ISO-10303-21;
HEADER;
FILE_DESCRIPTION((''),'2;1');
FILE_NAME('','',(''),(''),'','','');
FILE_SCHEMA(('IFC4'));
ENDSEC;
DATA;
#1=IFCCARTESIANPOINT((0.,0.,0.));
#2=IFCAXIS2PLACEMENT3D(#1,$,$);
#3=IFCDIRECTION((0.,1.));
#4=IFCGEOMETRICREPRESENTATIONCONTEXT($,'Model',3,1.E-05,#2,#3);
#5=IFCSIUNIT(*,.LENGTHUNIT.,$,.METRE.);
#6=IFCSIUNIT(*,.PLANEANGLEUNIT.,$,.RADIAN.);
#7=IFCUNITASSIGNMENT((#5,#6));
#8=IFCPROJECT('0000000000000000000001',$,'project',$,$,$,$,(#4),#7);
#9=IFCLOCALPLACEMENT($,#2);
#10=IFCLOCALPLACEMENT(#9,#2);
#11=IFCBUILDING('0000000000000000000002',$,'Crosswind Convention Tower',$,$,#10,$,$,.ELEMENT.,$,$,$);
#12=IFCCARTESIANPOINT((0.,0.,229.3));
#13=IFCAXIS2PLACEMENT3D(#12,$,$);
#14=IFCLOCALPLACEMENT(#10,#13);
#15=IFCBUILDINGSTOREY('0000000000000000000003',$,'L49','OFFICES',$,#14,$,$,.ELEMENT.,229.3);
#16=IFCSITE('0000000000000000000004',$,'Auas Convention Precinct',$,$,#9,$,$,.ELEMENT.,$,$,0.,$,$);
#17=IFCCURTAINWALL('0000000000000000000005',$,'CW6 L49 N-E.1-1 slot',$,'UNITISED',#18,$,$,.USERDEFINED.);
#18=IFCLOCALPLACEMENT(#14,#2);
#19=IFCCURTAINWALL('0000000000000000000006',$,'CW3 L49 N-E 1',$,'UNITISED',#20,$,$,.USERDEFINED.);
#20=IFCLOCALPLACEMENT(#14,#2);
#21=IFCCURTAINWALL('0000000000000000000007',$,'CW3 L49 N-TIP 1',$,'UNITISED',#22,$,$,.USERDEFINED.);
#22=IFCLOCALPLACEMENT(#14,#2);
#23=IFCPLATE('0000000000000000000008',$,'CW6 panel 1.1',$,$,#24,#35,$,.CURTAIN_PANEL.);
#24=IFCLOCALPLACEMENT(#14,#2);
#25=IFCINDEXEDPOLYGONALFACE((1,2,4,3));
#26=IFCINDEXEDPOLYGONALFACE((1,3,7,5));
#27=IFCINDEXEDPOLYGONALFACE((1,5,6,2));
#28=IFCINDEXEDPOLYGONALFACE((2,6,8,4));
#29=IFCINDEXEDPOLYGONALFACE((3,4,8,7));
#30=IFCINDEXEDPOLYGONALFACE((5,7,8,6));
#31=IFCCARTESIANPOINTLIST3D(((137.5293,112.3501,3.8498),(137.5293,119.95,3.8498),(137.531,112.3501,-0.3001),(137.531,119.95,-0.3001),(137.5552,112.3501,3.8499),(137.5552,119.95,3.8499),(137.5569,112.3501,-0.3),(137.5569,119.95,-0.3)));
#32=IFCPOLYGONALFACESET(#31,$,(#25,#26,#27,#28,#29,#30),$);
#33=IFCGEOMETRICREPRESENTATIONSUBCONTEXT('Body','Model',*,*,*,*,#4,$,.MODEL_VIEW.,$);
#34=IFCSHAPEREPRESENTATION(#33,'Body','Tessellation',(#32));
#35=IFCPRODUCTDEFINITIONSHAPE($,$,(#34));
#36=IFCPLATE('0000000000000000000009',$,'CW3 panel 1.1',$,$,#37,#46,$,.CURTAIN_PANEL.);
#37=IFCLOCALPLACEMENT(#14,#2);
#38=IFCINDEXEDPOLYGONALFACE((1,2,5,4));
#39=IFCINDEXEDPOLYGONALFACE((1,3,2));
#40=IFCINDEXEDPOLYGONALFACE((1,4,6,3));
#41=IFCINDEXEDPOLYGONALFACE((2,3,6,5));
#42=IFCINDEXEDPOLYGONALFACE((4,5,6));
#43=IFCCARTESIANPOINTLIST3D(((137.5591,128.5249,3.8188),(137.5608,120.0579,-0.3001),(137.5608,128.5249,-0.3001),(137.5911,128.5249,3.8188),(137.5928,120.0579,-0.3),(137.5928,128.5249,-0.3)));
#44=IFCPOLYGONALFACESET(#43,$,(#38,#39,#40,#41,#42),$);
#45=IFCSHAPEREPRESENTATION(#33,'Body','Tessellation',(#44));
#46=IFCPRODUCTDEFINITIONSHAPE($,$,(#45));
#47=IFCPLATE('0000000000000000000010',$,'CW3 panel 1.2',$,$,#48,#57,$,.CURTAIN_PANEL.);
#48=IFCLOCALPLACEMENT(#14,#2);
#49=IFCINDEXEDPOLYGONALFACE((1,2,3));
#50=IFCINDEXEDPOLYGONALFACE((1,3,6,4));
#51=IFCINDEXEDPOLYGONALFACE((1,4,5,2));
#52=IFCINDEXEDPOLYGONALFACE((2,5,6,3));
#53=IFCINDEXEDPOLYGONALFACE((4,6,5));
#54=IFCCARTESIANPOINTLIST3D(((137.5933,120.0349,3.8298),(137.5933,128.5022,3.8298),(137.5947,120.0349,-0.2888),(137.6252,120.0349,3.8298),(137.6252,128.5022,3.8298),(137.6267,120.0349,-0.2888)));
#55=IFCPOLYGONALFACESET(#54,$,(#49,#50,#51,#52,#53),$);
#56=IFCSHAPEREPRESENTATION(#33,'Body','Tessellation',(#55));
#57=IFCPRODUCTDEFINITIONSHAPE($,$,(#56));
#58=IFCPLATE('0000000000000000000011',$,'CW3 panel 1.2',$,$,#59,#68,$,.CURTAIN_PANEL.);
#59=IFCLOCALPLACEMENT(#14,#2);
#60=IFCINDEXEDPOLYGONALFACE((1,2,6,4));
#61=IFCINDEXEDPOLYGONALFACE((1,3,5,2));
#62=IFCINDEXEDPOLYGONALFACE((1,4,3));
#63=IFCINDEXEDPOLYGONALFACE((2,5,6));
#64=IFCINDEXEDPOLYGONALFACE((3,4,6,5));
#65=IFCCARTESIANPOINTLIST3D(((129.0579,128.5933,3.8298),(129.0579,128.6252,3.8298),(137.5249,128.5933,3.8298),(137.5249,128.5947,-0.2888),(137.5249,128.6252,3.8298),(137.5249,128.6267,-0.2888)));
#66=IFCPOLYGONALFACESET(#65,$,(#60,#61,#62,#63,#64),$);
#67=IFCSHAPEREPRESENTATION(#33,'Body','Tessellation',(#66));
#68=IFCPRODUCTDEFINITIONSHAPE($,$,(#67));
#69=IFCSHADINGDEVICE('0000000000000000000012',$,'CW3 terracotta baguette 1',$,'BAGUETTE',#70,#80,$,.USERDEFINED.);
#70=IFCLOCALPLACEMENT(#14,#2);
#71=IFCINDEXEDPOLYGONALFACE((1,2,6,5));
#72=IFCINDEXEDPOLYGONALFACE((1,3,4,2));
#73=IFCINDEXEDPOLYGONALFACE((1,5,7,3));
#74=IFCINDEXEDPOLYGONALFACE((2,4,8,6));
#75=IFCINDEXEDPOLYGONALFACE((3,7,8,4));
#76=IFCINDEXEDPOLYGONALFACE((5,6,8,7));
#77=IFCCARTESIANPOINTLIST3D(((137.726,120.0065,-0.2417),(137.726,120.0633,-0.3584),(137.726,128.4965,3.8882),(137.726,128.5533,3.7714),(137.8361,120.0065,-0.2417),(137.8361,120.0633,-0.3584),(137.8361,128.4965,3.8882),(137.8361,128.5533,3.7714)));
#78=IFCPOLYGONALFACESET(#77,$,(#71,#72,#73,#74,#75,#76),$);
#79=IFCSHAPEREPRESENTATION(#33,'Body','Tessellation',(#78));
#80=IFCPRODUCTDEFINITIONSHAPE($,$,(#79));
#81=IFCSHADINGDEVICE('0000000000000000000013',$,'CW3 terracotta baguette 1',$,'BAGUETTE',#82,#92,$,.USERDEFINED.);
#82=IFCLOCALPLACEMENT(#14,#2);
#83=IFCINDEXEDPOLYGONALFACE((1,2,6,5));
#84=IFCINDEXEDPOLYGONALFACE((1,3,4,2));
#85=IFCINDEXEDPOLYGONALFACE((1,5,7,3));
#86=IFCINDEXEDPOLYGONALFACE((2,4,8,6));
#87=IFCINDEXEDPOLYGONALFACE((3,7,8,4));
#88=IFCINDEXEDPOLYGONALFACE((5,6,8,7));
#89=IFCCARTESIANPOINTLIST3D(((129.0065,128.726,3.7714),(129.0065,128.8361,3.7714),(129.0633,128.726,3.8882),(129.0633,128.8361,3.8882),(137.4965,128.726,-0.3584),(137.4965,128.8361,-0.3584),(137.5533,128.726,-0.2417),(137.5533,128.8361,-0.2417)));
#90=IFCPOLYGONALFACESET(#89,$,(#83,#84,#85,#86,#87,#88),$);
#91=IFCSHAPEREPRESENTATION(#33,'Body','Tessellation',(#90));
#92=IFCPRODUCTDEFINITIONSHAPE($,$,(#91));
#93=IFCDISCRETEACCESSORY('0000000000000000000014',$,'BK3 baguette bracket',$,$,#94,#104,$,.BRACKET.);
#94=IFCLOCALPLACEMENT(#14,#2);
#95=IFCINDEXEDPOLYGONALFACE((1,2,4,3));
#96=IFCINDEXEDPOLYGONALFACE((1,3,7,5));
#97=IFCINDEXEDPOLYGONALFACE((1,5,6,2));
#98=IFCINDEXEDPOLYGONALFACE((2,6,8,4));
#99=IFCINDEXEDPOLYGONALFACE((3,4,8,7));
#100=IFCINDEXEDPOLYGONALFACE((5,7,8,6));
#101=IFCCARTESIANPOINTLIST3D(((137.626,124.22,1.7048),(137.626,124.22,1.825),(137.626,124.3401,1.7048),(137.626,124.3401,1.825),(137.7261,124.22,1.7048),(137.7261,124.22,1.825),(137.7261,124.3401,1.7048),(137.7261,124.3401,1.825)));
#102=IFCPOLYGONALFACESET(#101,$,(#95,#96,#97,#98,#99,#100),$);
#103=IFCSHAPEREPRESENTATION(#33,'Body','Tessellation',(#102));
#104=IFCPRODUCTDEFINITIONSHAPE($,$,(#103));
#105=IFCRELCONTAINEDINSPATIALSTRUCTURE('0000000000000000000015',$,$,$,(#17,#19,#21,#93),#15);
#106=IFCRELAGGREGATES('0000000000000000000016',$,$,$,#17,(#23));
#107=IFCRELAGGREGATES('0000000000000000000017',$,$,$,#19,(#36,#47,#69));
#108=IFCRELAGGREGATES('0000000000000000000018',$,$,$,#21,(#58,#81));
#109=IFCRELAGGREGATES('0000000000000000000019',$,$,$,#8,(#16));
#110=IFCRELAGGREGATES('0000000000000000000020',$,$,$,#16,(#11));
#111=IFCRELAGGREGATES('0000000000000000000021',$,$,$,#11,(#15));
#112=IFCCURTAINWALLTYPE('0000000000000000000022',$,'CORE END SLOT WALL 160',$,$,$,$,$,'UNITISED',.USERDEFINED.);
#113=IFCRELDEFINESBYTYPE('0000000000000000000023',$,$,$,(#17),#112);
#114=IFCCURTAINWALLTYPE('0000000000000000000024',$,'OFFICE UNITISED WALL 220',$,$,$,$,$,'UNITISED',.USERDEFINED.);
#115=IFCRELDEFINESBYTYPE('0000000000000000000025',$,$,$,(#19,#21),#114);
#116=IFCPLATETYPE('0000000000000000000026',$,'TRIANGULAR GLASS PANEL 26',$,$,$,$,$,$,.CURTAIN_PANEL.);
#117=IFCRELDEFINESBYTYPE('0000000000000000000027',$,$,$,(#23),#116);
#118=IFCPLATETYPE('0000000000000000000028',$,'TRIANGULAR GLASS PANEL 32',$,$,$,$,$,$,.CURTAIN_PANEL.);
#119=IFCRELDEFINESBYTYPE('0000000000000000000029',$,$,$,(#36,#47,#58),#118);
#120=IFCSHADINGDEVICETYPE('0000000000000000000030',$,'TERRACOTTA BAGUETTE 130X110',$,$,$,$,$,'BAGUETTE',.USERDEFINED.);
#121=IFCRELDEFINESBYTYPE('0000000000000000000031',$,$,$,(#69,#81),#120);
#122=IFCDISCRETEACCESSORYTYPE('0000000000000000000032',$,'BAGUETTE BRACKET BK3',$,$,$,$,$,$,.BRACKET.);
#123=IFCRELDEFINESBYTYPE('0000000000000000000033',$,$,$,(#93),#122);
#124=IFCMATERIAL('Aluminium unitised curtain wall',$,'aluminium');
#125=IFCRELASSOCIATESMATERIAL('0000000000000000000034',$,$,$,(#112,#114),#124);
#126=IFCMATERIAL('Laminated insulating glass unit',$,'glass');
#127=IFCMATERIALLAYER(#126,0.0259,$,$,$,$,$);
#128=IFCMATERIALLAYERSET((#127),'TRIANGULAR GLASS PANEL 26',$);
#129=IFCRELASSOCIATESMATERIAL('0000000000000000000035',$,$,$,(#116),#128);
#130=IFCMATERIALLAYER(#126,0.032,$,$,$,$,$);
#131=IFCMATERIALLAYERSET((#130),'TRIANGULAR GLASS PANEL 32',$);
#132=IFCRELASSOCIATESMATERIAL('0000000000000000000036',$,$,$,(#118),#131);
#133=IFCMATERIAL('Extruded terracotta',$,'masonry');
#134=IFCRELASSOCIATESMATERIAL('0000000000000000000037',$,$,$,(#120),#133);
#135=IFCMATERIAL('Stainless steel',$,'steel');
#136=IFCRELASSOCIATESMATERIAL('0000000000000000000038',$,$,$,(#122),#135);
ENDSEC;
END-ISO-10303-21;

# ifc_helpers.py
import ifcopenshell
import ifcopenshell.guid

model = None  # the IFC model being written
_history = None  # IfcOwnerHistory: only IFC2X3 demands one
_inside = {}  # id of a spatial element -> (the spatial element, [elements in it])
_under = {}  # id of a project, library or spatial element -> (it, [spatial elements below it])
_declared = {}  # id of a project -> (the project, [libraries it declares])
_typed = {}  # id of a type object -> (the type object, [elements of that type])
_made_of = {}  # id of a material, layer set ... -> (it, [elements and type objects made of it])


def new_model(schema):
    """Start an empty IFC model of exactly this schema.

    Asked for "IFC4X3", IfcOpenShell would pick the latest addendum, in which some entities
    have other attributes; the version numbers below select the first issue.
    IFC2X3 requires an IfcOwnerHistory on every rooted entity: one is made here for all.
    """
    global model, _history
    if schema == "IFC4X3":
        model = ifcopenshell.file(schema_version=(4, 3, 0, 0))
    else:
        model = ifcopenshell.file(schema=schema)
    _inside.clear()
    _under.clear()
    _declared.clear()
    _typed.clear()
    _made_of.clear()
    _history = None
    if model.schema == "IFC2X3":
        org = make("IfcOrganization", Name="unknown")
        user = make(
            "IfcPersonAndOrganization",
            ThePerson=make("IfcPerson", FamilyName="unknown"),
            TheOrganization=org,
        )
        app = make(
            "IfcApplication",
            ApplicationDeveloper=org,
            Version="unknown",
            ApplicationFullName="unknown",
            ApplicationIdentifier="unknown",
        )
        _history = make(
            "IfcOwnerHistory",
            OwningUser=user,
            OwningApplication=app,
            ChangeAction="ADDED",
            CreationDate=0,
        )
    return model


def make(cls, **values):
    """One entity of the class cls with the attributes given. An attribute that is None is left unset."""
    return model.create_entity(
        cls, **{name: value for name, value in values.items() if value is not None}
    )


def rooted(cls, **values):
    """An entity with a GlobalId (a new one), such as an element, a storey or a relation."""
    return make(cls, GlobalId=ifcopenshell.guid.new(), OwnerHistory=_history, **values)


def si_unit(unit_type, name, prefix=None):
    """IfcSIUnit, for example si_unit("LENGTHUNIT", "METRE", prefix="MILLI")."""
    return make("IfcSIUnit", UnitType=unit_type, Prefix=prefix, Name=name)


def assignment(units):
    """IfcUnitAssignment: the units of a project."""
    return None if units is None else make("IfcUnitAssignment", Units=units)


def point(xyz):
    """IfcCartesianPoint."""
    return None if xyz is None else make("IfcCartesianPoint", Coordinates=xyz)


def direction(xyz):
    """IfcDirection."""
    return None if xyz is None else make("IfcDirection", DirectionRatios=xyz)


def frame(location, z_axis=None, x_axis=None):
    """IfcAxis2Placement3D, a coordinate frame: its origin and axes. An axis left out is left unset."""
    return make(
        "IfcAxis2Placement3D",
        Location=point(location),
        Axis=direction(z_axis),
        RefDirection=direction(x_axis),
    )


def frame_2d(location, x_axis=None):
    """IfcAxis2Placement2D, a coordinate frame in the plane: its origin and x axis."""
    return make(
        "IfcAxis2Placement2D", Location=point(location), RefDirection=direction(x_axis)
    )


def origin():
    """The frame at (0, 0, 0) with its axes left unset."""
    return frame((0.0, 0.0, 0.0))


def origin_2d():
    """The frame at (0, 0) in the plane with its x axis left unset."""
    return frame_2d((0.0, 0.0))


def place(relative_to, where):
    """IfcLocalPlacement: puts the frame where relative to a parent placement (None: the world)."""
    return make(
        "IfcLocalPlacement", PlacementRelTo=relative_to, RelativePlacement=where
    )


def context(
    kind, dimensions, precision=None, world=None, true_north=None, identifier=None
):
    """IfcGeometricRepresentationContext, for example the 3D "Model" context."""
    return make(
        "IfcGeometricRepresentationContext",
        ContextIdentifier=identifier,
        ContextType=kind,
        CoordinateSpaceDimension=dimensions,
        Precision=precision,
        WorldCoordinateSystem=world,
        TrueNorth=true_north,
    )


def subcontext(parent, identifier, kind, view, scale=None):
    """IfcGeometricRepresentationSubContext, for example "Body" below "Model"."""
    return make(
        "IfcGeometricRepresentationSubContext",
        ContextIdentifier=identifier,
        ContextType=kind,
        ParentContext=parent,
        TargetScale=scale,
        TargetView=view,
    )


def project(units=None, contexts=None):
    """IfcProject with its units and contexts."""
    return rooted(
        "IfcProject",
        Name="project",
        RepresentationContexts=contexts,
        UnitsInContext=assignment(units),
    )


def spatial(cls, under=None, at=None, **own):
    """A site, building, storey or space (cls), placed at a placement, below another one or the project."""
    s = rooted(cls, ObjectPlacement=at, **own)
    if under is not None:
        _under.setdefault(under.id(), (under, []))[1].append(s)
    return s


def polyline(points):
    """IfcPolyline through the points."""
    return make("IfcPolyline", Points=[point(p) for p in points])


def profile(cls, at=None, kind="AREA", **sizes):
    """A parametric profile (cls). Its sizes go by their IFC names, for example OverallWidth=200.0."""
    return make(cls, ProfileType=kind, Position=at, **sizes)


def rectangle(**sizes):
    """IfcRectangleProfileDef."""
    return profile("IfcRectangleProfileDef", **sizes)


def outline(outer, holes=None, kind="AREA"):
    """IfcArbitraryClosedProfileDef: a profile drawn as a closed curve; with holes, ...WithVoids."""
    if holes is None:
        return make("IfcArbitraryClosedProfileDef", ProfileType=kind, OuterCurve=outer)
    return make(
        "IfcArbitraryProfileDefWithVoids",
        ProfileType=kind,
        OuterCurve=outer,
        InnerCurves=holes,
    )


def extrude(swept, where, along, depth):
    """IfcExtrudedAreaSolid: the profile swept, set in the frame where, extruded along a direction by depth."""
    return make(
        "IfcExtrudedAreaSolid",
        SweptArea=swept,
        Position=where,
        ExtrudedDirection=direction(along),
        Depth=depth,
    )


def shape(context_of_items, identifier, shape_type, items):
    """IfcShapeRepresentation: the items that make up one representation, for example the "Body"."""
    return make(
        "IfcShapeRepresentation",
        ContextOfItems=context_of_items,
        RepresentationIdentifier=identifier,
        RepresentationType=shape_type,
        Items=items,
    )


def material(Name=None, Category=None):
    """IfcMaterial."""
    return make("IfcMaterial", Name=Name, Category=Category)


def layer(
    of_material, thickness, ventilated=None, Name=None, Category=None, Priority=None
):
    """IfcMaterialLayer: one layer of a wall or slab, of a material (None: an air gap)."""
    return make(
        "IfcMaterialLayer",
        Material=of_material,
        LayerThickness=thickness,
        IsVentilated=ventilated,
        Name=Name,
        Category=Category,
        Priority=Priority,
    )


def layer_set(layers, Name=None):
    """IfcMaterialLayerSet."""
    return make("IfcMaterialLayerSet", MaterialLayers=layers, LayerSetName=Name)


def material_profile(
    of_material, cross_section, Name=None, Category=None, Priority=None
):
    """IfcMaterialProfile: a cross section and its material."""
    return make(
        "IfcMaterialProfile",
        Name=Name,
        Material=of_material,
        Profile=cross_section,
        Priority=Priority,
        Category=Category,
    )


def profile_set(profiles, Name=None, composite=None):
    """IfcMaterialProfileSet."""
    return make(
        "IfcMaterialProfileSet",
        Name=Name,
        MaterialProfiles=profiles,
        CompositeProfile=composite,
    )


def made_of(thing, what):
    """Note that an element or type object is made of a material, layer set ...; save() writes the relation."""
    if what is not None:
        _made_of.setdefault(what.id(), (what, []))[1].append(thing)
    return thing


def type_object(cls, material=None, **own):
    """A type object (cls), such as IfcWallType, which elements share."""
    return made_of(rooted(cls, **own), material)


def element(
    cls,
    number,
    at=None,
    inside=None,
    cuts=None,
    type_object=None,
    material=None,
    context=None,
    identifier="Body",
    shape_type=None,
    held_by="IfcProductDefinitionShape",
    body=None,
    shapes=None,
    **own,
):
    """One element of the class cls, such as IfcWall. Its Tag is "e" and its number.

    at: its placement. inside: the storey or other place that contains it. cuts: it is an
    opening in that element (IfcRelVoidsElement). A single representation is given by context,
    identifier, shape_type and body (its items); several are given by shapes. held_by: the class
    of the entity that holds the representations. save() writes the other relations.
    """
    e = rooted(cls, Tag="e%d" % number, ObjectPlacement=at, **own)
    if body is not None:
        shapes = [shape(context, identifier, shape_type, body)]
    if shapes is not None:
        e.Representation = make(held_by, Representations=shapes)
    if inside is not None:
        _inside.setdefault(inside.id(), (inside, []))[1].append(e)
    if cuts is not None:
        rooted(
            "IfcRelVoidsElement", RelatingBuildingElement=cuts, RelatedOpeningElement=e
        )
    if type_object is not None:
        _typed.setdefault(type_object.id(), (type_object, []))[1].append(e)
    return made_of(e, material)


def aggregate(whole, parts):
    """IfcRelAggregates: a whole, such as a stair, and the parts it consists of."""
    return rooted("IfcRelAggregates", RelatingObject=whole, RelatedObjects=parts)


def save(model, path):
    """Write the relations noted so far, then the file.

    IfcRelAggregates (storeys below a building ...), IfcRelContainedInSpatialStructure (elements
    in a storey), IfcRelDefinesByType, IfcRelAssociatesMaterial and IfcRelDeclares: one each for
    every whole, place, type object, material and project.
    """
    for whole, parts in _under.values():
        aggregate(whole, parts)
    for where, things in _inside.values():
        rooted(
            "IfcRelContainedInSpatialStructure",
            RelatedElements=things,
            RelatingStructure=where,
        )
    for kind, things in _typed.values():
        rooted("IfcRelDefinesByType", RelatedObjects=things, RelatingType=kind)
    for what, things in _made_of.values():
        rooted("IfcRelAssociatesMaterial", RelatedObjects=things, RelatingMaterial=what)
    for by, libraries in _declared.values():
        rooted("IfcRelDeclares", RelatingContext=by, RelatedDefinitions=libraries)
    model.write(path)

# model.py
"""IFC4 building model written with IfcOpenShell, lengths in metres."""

from ifc_helpers import new_model, si_unit, direction, frame, origin, origin_2d, place, context, subcontext, project, spatial, polyline, rectangle, outline, extrude, material, layer, layer_set, material_profile, profile_set, type_object, element, aggregate, save


model = new_model("IFC4")

# Units and contexts
model_context = context("Model", 3, precision=1e-05, world=origin(), true_north=direction((0.0, 1.0)))
body_context = subcontext(model_context, "Body", "Model", "MODEL_VIEW")
ifc_project = project(units=[si_unit("LENGTHUNIT", "METRE"), si_unit("PLANEANGLEUNIT", "RADIAN")], contexts=[model_context])

# Site, building, storey
site_placement = place(None, origin())
site = spatial("IfcSite", under=ifc_project, at=site_placement, Name="Auas Convention Precinct", CompositionType="ELEMENT", RefElevation=0.0)
building_placement = place(site_placement, origin())
building = spatial("IfcBuilding", under=site, at=building_placement, Name="Crosswind Convention Tower", CompositionType="ELEMENT")
storey_placement = place(building_placement, frame((0.0, 0.0, 229.3)))
storey = spatial("IfcBuildingStorey", under=building, at=storey_placement, Name="L49", Description="OFFICES", CompositionType="ELEMENT", Elevation=229.3)

# Curtain walls
ifc_material_1 = material(Name="Aluminium unitised curtain wall", Category="aluminium")
curtain_wall_type_1 = type_object("IfcCurtainWallType", Name="CORE END SLOT WALL 160", ElementType="UNITISED", PredefinedType="USERDEFINED", material=ifc_material_1)
curtain_wall_1_placement = place(storey_placement, origin())
curtain_wall_1 = element("IfcCurtainWall", 1, at=curtain_wall_1_placement, inside=storey, type_object=curtain_wall_type_1, Name="CW6 L49 N-E.1-1 slot", ObjectType="UNITISED", PredefinedType="USERDEFINED")
curtain_wall_type_2 = type_object("IfcCurtainWallType", Name="OFFICE UNITISED WALL 220", ElementType="UNITISED", PredefinedType="USERDEFINED", material=ifc_material_1)
curtain_wall_2_placement = place(storey_placement, origin())
curtain_wall_2 = element("IfcCurtainWall", 2, at=curtain_wall_2_placement, inside=storey, type_object=curtain_wall_type_2, Name="CW3 L49 N-E 1", ObjectType="UNITISED", PredefinedType="USERDEFINED")

# Curtain wall
curtain_wall_3_placement = place(storey_placement, origin())
curtain_wall_3 = element("IfcCurtainWall", 3, at=curtain_wall_3_placement, inside=storey, type_object=curtain_wall_type_2, Name="CW3 L49 N-TIP 1", ObjectType="UNITISED", PredefinedType="USERDEFINED")

# Plates
ifc_material_2 = material(Name="Laminated insulating glass unit", Category="glass")
ifc_layer_1 = layer(ifc_material_2, 0.0259)
ifc_layer_set_1 = layer_set([ifc_layer_1], Name="TRIANGULAR GLASS PANEL 26")
plate_type_1 = type_object("IfcPlateType", Name="TRIANGULAR GLASS PANEL 26", PredefinedType="CURTAIN_PANEL", material=ifc_layer_set_1)
plate_1_placement = place(storey_placement, frame((137.5569, 112.3501, -0.3), z_axis=(1.0, 0.0, 0.000412), x_axis=(0.0, 1.0, 0.0)))
plate_1 = element("IfcPlate", 4, at=plate_1_placement, type_object=plate_type_1, Name="CW6 panel 1.1", PredefinedType="CURTAIN_PANEL", context=body_context, shape_type="SweptSolid", body=[
    extrude(outline(polyline([(0.0, 0.0), (7.5999, 0.0), (7.5999, 4.1499), (0.0, 4.1499), (0.0, 0.0)])), origin(), (0.0, 0.0, -1.0), 0.0259),
])
aggregate(curtain_wall_1, [plate_1])
ifc_layer_2 = layer(ifc_material_2, 0.032)
ifc_layer_set_2 = layer_set([ifc_layer_2], Name="TRIANGULAR GLASS PANEL 32")
plate_type_2 = type_object("IfcPlateType", Name="TRIANGULAR GLASS PANEL 32", PredefinedType="CURTAIN_PANEL", material=ifc_layer_set_2)
plate_2_placement = place(storey_placement, frame((137.5928, 128.5249, -0.3), z_axis=(1.0, 0.0, 0.000415), x_axis=(-0.000415, 0.0, 1.0)))
plate_2 = element("IfcPlate", 5, at=plate_2_placement, type_object=plate_type_2, Name="CW3 panel 1.1", PredefinedType="CURTAIN_PANEL", context=body_context, shape_type="SweptSolid", body=[
    extrude(outline(polyline([(0.0, 0.0), (4.1189, 0.0), (0.0, 8.467), (0.0, 0.0)])), origin(), (0.0, 0.0, -1.0), 0.032),
])
plate_3_placement = place(storey_placement, frame((137.6252, 120.0349, 3.8298), z_axis=(1.0, 0.0, 0.000356), x_axis=(0.000356, 0.0, -1.0)))
plate_3 = element("IfcPlate", 6, at=plate_3_placement, type_object=plate_type_2, Name="CW3 panel 1.2", PredefinedType="CURTAIN_PANEL", context=body_context, shape_type="SweptSolid", body=[
    extrude(outline(polyline([(0.0, 0.0), (4.1187, 0.0), (0.0, 8.4673), (0.0, 0.0)])), origin(), (0.0, 0.0, -1.0), 0.032),
])
plate_4_placement = place(storey_placement, frame((137.5249, 128.6252, 3.8298), z_axis=(0.0, 1.0, 0.000356), x_axis=(0.0, 0.000356, -1.0)))
plate_4 = element("IfcPlate", 7, at=plate_4_placement, type_object=plate_type_2, Name="CW3 panel 1.2", PredefinedType="CURTAIN_PANEL", context=body_context, shape_type="SweptSolid", body=[
    extrude(outline(polyline([(0.0, 0.0), (4.1187, 0.0), (0.0, 8.467), (0.0, 0.0)])), origin(), (0.0, 0.0, -1.0), 0.032),
])

# Shading devices
ifc_material_3 = material(Name="Extruded terracotta", Category="masonry")
ifc_material_profile_1 = material_profile(ifc_material_3, rectangle(XDim=0.1101, YDim=0.1299, at=origin_2d()), Name="TC 110X130")
ifc_profile_set_1 = profile_set([ifc_material_profile_1], Name="Extruded terracotta")
shading_device_type = type_object("IfcShadingDeviceType", Name="TERRACOTTA BAGUETTE 130X110", ElementType="BAGUETTE", PredefinedType="USERDEFINED", material=ifc_profile_set_1)
shading_device_1_placement = place(storey_placement, frame((137.781, 120.0349, -0.3), z_axis=(0.0, 0.899251, 0.437433), x_axis=(-1.0, 0.0, 0.0)))
shading_device_1 = element("IfcShadingDevice", 8, at=shading_device_1_placement, type_object=shading_device_type, Name="CW3 terracotta baguette 1", ObjectType="BAGUETTE", PredefinedType="USERDEFINED", context=body_context, shape_type="SweptSolid", body=[
    extrude(rectangle(XDim=0.1101, YDim=0.1299, at=origin_2d()), origin(), (0.0, 0.0, 1.0), 9.4412),
])
aggregate(curtain_wall_2, [plate_2, plate_3, shading_device_1])
shading_device_2_placement = place(storey_placement, frame((137.5249, 128.781, -0.3), z_axis=(-0.899251, 0.0, 0.437433), x_axis=(0.0, -1.0, 0.0)))
shading_device_2 = element("IfcShadingDevice", 9, at=shading_device_2_placement, type_object=shading_device_type, Name="CW3 terracotta baguette 1", ObjectType="BAGUETTE", PredefinedType="USERDEFINED", context=body_context, shape_type="SweptSolid", body=[
    extrude(rectangle(XDim=0.1101, YDim=0.1299, at=origin_2d()), origin(), (0.0, 0.0, 1.0), 9.4412),
])
aggregate(curtain_wall_3, [plate_4, shading_device_2])

# Discrete accessory
ifc_material_4 = material(Name="Stainless steel", Category="steel")
discrete_accessory_type = type_object("IfcDiscreteAccessoryType", Name="BAGUETTE BRACKET BK3", PredefinedType="BRACKET", material=ifc_material_4)
discrete_accessory_placement = place(storey_placement, frame((137.676, 124.28, 1.7048), z_axis=(0.0, 0.0, 1.0), x_axis=(0.0, 1.0, 0.0)))
element("IfcDiscreteAccessory", 10, at=discrete_accessory_placement, inside=storey, type_object=discrete_accessory_type, Name="BK3 baguette bracket", PredefinedType="BRACKET", context=body_context, shape_type="SweptSolid", body=[
    extrude(rectangle(XDim=0.1201, YDim=0.1001, at=origin_2d()), origin(), (0.0, 0.0, 1.0), 0.1201),
])

save(model, "model.ifc")
